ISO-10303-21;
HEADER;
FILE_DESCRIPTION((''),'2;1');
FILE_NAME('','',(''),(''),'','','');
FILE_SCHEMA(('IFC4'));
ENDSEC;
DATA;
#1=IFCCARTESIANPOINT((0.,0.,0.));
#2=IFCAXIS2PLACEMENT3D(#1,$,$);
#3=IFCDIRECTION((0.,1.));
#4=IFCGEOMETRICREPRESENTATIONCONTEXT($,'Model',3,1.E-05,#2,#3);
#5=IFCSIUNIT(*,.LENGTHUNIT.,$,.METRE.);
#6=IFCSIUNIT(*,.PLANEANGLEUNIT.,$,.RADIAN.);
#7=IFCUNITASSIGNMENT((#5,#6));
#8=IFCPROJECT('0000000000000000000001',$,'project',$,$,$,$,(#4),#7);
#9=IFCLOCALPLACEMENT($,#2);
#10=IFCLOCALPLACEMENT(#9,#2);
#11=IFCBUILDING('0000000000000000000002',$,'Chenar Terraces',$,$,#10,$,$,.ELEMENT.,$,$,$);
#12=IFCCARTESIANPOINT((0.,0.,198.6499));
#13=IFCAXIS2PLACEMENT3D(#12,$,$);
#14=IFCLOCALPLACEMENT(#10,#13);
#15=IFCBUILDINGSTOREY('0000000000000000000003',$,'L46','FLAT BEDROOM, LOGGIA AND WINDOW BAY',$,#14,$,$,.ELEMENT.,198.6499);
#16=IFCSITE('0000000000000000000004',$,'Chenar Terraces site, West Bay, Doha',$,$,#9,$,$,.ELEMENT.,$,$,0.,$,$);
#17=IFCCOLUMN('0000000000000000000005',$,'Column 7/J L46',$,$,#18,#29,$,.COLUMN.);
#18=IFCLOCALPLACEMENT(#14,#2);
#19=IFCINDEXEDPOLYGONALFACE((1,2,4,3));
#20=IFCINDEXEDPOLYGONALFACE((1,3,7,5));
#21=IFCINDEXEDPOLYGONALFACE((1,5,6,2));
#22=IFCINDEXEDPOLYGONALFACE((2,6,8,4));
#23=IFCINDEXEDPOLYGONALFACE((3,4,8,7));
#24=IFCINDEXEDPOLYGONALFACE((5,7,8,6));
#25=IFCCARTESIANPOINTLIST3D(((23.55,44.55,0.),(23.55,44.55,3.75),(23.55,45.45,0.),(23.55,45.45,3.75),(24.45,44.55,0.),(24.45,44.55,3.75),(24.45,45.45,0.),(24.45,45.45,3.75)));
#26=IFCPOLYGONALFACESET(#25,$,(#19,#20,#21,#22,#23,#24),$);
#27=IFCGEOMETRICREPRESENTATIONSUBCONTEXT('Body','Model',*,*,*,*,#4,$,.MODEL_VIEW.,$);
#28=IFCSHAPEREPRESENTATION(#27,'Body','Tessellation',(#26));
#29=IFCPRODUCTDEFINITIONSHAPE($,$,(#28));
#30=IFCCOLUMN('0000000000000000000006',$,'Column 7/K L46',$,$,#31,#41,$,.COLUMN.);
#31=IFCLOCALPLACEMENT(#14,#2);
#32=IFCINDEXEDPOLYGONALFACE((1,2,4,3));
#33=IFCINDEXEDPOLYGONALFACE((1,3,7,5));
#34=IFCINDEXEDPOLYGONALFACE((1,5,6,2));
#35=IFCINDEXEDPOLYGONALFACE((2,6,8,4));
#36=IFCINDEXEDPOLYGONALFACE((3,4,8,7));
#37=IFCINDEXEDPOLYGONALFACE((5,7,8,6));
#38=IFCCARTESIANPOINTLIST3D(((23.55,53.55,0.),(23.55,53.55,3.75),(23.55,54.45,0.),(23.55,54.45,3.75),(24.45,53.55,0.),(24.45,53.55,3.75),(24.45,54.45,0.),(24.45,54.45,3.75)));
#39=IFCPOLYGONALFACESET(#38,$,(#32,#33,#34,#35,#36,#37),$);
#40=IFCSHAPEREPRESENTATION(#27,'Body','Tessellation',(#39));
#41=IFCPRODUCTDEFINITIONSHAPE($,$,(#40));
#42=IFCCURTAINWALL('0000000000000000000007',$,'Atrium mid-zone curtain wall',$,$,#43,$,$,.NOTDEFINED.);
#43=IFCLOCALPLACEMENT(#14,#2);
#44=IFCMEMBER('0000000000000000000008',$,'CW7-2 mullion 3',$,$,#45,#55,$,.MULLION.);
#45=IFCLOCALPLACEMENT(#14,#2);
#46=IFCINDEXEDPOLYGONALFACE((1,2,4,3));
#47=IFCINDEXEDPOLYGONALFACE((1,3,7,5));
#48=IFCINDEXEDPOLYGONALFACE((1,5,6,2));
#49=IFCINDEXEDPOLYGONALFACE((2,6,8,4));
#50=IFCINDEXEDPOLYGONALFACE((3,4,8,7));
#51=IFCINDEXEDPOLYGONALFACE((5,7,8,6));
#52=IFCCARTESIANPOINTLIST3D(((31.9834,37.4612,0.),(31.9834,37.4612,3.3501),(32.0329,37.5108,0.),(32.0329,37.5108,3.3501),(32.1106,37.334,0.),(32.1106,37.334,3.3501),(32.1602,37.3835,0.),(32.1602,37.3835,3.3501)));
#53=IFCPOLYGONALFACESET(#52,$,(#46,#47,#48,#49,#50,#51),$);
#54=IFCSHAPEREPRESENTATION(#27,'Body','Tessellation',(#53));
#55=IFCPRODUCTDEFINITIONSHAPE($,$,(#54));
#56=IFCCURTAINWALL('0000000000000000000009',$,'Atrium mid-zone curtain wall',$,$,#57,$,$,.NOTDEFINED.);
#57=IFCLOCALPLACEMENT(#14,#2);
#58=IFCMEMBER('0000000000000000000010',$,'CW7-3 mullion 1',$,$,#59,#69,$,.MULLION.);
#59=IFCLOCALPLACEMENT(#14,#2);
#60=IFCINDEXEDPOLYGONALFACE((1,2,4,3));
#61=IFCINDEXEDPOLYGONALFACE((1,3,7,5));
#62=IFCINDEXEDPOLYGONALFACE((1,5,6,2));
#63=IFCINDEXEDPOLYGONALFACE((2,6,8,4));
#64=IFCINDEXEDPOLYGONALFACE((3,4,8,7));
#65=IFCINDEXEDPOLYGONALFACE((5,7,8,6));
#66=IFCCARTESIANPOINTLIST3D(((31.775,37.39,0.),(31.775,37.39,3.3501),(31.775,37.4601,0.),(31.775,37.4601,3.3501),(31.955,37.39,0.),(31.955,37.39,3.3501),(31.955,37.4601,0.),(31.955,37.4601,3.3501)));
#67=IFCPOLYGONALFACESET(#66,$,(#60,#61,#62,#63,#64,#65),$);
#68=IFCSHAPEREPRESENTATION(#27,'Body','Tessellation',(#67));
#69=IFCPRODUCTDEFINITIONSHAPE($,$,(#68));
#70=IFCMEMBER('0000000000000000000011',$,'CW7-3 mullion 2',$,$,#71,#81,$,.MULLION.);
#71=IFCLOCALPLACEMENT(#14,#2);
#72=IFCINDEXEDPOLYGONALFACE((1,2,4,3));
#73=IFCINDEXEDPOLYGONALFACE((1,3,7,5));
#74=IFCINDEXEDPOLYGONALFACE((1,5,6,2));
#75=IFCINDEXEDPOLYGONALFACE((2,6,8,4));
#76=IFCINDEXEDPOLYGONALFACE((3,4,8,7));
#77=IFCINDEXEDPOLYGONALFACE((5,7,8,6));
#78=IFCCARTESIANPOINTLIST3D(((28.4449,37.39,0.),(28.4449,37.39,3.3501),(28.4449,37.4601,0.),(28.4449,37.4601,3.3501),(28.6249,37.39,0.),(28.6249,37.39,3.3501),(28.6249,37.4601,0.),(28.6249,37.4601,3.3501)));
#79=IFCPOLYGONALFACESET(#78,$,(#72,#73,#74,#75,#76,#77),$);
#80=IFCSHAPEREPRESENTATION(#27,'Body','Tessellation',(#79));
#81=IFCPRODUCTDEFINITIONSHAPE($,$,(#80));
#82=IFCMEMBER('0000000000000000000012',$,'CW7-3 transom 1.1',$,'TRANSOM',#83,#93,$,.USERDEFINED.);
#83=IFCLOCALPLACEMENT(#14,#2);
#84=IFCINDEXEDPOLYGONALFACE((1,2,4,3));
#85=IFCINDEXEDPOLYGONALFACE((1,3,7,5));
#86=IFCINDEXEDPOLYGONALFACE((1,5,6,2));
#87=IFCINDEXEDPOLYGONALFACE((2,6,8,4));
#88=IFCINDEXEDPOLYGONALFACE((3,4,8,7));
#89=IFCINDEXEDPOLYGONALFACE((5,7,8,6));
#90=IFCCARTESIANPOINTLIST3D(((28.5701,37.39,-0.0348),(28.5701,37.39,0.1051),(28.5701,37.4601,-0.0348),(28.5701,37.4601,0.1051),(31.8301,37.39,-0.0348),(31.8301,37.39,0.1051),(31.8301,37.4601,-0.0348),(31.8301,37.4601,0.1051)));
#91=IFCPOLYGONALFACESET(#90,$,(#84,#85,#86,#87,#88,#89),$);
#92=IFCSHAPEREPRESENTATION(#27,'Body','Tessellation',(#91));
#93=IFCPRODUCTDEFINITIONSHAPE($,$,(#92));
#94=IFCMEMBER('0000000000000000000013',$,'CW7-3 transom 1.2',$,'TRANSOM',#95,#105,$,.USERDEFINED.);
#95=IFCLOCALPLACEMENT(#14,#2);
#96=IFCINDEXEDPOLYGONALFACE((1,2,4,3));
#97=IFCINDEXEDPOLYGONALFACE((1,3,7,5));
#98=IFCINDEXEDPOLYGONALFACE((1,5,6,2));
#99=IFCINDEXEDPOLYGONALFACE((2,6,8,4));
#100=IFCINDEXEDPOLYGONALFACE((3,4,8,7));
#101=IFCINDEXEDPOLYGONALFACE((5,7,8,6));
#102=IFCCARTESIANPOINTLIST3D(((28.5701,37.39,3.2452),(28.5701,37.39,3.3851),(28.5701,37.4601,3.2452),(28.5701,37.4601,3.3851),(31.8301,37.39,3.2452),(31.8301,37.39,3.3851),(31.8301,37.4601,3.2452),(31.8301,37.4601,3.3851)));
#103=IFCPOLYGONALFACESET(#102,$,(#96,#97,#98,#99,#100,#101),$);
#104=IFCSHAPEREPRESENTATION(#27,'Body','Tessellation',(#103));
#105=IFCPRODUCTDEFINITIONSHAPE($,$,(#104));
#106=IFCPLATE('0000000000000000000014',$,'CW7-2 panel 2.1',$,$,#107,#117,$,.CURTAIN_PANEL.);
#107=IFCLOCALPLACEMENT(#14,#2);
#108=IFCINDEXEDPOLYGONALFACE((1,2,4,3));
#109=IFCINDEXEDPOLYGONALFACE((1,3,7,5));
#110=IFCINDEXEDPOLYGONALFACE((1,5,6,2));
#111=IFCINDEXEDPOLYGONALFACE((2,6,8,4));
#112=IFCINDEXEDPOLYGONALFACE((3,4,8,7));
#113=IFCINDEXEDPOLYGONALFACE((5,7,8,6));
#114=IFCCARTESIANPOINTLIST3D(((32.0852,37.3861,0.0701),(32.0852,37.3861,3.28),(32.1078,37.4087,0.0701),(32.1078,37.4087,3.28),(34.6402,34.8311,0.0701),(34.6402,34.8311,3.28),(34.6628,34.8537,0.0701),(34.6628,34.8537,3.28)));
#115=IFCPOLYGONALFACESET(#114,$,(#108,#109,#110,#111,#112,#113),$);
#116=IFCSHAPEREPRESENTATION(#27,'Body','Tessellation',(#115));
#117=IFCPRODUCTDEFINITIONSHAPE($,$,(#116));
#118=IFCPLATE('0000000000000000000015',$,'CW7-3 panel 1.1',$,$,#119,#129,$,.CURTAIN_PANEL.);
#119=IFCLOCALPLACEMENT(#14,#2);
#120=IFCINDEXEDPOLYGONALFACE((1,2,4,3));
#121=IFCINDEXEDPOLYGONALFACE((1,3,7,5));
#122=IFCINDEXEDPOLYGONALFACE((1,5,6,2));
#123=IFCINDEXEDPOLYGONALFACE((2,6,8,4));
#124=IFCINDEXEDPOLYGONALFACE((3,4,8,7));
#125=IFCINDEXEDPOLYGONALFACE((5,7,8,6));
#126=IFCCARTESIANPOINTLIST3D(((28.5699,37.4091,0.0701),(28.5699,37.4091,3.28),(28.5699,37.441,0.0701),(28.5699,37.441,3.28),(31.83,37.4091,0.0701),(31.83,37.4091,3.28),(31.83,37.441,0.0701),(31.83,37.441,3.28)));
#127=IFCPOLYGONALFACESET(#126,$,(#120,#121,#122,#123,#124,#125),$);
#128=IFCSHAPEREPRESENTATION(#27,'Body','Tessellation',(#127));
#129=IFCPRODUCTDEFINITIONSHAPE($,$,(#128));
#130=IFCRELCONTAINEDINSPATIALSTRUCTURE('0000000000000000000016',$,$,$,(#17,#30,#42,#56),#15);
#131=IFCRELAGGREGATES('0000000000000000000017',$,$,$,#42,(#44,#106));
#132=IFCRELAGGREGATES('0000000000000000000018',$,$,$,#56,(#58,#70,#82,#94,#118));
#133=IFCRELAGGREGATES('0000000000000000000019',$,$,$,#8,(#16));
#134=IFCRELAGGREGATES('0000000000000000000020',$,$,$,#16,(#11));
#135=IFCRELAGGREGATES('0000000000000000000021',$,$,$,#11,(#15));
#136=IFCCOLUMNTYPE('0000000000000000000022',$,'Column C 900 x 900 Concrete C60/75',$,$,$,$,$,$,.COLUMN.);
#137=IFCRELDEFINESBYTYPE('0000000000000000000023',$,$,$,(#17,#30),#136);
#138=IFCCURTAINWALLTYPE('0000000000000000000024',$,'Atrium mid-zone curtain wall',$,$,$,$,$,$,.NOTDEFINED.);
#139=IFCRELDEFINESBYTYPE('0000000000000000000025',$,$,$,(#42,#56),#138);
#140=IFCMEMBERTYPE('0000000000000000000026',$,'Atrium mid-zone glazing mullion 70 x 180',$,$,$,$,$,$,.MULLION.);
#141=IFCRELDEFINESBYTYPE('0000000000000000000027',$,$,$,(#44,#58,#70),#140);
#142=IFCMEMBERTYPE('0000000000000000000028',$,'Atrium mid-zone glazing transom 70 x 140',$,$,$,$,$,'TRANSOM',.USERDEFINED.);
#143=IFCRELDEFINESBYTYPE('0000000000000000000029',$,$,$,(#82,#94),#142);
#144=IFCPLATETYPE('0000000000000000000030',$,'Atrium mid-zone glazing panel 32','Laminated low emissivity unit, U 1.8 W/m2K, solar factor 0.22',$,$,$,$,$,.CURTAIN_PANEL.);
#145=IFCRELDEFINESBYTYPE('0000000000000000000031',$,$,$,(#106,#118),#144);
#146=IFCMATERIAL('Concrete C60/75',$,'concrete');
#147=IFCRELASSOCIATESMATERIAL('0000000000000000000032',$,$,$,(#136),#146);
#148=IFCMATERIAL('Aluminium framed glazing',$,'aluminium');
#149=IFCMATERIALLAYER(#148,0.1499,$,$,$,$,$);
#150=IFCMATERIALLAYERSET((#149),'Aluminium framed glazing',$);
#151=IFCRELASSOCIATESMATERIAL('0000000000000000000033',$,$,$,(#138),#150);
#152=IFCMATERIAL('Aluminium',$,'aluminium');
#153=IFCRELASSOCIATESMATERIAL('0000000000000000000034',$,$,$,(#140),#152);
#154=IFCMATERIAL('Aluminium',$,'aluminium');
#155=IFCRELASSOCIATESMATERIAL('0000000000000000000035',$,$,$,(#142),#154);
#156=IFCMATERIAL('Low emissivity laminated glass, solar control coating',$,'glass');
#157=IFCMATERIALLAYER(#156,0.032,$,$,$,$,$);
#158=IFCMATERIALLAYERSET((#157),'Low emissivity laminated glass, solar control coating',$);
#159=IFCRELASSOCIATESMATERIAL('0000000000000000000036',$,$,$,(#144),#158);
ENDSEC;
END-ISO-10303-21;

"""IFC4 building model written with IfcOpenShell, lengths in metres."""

from ifc_helpers import new_model, si_unit, direction, frame, origin, origin_2d, place, context, subcontext, project, spatial, rectangle, extrude, material, layer, layer_set, material_profile, profile_set, type_object, element, aggregate, save


model = new_model("IFC4")

# Units and contexts
model_context = context("Model", 3, precision=1e-05, world=origin(), true_north=direction((0.0, 1.0)))
body_context = subcontext(model_context, "Body", "Model", "MODEL_VIEW")
ifc_project = project(units=[si_unit("LENGTHUNIT", "METRE"), si_unit("PLANEANGLEUNIT", "RADIAN")], contexts=[model_context])

# Site, building, storey
site_placement = place(None, origin())
site = spatial("IfcSite", under=ifc_project, at=site_placement, Name="Chenar Terraces site, West Bay, Doha", CompositionType="ELEMENT", RefElevation=0.0)
building_placement = place(site_placement, origin())
building = spatial("IfcBuilding", under=site, at=building_placement, Name="Chenar Terraces", CompositionType="ELEMENT")
storey_placement = place(building_placement, frame((0.0, 0.0, 198.6499)))
storey = spatial("IfcBuildingStorey", under=building, at=storey_placement, Name="L46", Description="FLAT BEDROOM, LOGGIA AND WINDOW BAY", CompositionType="ELEMENT", Elevation=198.6499)

# Columns
ifc_material_1 = material(Name="Concrete C60/75", Category="concrete")
ifc_material_profile_1 = material_profile(ifc_material_1, rectangle(XDim=0.8999, YDim=0.8999, at=origin_2d()), Name="C 900 x 900")
ifc_profile_set_1 = profile_set([ifc_material_profile_1], Name="Concrete C60/75")
column_type = type_object("IfcColumnType", Name="Column C 900 x 900 Concrete C60/75", PredefinedType="COLUMN", material=ifc_profile_set_1)
for number, where, z_axis, x_axis, name in (
    (1, (24.0, 45.0, 0.0), (0.0, 0.0, 1.0), (1.0, 0.0, 0.0), "Column 7/J L46"),
    (2, (24.0, 54.0, 0.0), (0.0, 0.0, 1.0), (1.0, 0.0, 0.0), "Column 7/K L46"),
):
    element("IfcColumn", number, at=place(storey_placement, frame(where, z_axis=z_axis, x_axis=x_axis)), inside=storey, type_object=column_type, Name=name, PredefinedType="COLUMN", context=body_context, shape_type="SweptSolid", body=[
        extrude(rectangle(XDim=0.8999, YDim=0.8999, at=origin_2d()), origin(), (0.0, 0.0, 1.0), 3.75),
    ])

# Curtain wall, member
ifc_material_2 = material(Name="Aluminium framed glazing", Category="aluminium")
ifc_layer_1 = layer(ifc_material_2, 0.1499)
ifc_layer_set_1 = layer_set([ifc_layer_1], Name="Aluminium framed glazing")
curtain_wall_type = type_object("IfcCurtainWallType", Name="Atrium mid-zone curtain wall", PredefinedType="NOTDEFINED", material=ifc_layer_set_1)
placement = place(storey_placement, origin())
curtain_wall_1 = element("IfcCurtainWall", 3, at=placement, inside=storey, type_object=curtain_wall_type, Name="Atrium mid-zone curtain wall", PredefinedType="NOTDEFINED")
ifc_material_3 = material(Name="Aluminium", Category="aluminium")
ifc_material_profile_2 = material_profile(ifc_material_3, rectangle(XDim=0.0701, YDim=0.1799, at=origin_2d()), Name="Atrium mid-zone glazing mullion 70 x 180")
ifc_profile_set_2 = profile_set([ifc_material_profile_2], Name="Aluminium")
member_type_1 = type_object("IfcMemberType", Name="Atrium mid-zone glazing mullion 70 x 180", PredefinedType="MULLION", material=ifc_profile_set_2)
member_1_placement = place(storey_placement, frame((32.0718, 37.4224, 0.0), z_axis=(0.0, 0.0, 1.0), x_axis=(-0.707107, -0.707107, 0.0)))
member_1 = element("IfcMember", 4, at=member_1_placement, type_object=member_type_1, Name="CW7-2 mullion 3", PredefinedType="MULLION", context=body_context, shape_type="SweptSolid", body=[
    extrude(rectangle(XDim=0.0701, YDim=0.1799, at=origin_2d()), origin(), (0.0, 0.0, 1.0), 3.3501),
])

# Curtain wall, members
curtain_wall_2 = element("IfcCurtainWall", 5, at=placement, inside=storey, type_object=curtain_wall_type, Name="Atrium mid-zone curtain wall", PredefinedType="NOTDEFINED")
member_2_placement = place(storey_placement, frame((31.865, 37.425, 0.0), z_axis=(0.0, 0.0, 1.0), x_axis=(0.0, -1.0, 0.0)))
member_2 = element("IfcMember", 6, at=member_2_placement, type_object=member_type_1, Name="CW7-3 mullion 1", PredefinedType="MULLION", context=body_context, shape_type="SweptSolid", body=[
    extrude(rectangle(XDim=0.0701, YDim=0.1799, at=origin_2d()), origin(), (0.0, 0.0, 1.0), 3.3501),
])
member_3_placement = place(storey_placement, frame((28.5349, 37.425, 0.0), z_axis=(0.0, 0.0, 1.0), x_axis=(0.0, -1.0, 0.0)))
member_3 = element("IfcMember", 7, at=member_3_placement, type_object=member_type_1, Name="CW7-3 mullion 2", PredefinedType="MULLION", context=body_context, shape_type="SweptSolid", body=[
    extrude(rectangle(XDim=0.0701, YDim=0.1799, at=origin_2d()), origin(), (0.0, 0.0, 1.0), 3.3501),
])
ifc_material_4 = material(Name="Aluminium", Category="aluminium")
ifc_material_profile_3 = material_profile(ifc_material_4, rectangle(XDim=0.0701, YDim=0.1399, at=origin_2d()), Name="Atrium mid-zone glazing transom 70 x 140")
ifc_profile_set_3 = profile_set([ifc_material_profile_3], Name="Aluminium")
member_type_2 = type_object("IfcMemberType", Name="Atrium mid-zone glazing transom 70 x 140", ElementType="TRANSOM", PredefinedType="USERDEFINED", material=ifc_profile_set_3)
member_4_placement = place(storey_placement, frame((31.8301, 37.425, 0.0352), z_axis=(-1.0, 0.0, 0.0), x_axis=(0.0, -1.0, 0.0)))
member_4 = element("IfcMember", 8, at=member_4_placement, type_object=member_type_2, Name="CW7-3 transom 1.1", ObjectType="TRANSOM", PredefinedType="USERDEFINED", context=body_context, shape_type="SweptSolid", body=[
    extrude(rectangle(XDim=0.0701, YDim=0.1399, at=origin_2d()), origin(), (0.0, 0.0, 1.0), 3.26),
])
member_5_placement = place(storey_placement, frame((31.8301, 37.425, 3.3152), z_axis=(-1.0, 0.0, 0.0), x_axis=(0.0, -1.0, 0.0)))
member_5 = element("IfcMember", 9, at=member_5_placement, type_object=member_type_2, Name="CW7-3 transom 1.2", ObjectType="TRANSOM", PredefinedType="USERDEFINED", context=body_context, shape_type="SweptSolid", body=[
    extrude(rectangle(XDim=0.0701, YDim=0.1399, at=origin_2d()), origin(), (0.0, 0.0, 1.0), 3.26),
])

# Plates
ifc_material_5 = material(Name="Low emissivity laminated glass, solar control coating", Category="glass")
ifc_layer_2 = layer(ifc_material_5, 0.032)
ifc_layer_set_2 = layer_set([ifc_layer_2], Name="Low emissivity laminated glass, solar control coating")
plate_type = type_object("IfcPlateType", Name="Atrium mid-zone glazing panel 32", Description="Laminated low emissivity unit, U 1.8 W/m2K, solar factor 0.22", PredefinedType="CURTAIN_PANEL", material=ifc_layer_set_2)
plate_1_placement = place(storey_placement, frame((33.374, 36.1199, 0.0701), z_axis=(0.0, 0.0, 1.0), x_axis=(-0.707107, 0.707107, 0.0)))
plate_1 = element("IfcPlate", 10, at=plate_1_placement, type_object=plate_type, Name="CW7-2 panel 2.1", PredefinedType="CURTAIN_PANEL", context=body_context, shape_type="SweptSolid", body=[
    extrude(rectangle(XDim=3.6133, YDim=0.032, at=origin_2d()), origin(), (0.0, 0.0, 1.0), 3.21),
])
aggregate(curtain_wall_1, [member_1, plate_1])
plate_2_placement = place(storey_placement, frame((30.2, 37.425, 0.0701), z_axis=(0.0, 0.0, 1.0), x_axis=(-1.0, 0.0, 0.0)))
plate_2 = element("IfcPlate", 11, at=plate_2_placement, type_object=plate_type, Name="CW7-3 panel 1.1", PredefinedType="CURTAIN_PANEL", context=body_context, shape_type="SweptSolid", body=[
    extrude(rectangle(XDim=3.26, YDim=0.032, at=origin_2d()), origin(), (0.0, 0.0, 1.0), 3.21),
])
aggregate(curtain_wall_2, [member_2, member_3, member_4, member_5, plate_2])

save(model, "model.ifc")
